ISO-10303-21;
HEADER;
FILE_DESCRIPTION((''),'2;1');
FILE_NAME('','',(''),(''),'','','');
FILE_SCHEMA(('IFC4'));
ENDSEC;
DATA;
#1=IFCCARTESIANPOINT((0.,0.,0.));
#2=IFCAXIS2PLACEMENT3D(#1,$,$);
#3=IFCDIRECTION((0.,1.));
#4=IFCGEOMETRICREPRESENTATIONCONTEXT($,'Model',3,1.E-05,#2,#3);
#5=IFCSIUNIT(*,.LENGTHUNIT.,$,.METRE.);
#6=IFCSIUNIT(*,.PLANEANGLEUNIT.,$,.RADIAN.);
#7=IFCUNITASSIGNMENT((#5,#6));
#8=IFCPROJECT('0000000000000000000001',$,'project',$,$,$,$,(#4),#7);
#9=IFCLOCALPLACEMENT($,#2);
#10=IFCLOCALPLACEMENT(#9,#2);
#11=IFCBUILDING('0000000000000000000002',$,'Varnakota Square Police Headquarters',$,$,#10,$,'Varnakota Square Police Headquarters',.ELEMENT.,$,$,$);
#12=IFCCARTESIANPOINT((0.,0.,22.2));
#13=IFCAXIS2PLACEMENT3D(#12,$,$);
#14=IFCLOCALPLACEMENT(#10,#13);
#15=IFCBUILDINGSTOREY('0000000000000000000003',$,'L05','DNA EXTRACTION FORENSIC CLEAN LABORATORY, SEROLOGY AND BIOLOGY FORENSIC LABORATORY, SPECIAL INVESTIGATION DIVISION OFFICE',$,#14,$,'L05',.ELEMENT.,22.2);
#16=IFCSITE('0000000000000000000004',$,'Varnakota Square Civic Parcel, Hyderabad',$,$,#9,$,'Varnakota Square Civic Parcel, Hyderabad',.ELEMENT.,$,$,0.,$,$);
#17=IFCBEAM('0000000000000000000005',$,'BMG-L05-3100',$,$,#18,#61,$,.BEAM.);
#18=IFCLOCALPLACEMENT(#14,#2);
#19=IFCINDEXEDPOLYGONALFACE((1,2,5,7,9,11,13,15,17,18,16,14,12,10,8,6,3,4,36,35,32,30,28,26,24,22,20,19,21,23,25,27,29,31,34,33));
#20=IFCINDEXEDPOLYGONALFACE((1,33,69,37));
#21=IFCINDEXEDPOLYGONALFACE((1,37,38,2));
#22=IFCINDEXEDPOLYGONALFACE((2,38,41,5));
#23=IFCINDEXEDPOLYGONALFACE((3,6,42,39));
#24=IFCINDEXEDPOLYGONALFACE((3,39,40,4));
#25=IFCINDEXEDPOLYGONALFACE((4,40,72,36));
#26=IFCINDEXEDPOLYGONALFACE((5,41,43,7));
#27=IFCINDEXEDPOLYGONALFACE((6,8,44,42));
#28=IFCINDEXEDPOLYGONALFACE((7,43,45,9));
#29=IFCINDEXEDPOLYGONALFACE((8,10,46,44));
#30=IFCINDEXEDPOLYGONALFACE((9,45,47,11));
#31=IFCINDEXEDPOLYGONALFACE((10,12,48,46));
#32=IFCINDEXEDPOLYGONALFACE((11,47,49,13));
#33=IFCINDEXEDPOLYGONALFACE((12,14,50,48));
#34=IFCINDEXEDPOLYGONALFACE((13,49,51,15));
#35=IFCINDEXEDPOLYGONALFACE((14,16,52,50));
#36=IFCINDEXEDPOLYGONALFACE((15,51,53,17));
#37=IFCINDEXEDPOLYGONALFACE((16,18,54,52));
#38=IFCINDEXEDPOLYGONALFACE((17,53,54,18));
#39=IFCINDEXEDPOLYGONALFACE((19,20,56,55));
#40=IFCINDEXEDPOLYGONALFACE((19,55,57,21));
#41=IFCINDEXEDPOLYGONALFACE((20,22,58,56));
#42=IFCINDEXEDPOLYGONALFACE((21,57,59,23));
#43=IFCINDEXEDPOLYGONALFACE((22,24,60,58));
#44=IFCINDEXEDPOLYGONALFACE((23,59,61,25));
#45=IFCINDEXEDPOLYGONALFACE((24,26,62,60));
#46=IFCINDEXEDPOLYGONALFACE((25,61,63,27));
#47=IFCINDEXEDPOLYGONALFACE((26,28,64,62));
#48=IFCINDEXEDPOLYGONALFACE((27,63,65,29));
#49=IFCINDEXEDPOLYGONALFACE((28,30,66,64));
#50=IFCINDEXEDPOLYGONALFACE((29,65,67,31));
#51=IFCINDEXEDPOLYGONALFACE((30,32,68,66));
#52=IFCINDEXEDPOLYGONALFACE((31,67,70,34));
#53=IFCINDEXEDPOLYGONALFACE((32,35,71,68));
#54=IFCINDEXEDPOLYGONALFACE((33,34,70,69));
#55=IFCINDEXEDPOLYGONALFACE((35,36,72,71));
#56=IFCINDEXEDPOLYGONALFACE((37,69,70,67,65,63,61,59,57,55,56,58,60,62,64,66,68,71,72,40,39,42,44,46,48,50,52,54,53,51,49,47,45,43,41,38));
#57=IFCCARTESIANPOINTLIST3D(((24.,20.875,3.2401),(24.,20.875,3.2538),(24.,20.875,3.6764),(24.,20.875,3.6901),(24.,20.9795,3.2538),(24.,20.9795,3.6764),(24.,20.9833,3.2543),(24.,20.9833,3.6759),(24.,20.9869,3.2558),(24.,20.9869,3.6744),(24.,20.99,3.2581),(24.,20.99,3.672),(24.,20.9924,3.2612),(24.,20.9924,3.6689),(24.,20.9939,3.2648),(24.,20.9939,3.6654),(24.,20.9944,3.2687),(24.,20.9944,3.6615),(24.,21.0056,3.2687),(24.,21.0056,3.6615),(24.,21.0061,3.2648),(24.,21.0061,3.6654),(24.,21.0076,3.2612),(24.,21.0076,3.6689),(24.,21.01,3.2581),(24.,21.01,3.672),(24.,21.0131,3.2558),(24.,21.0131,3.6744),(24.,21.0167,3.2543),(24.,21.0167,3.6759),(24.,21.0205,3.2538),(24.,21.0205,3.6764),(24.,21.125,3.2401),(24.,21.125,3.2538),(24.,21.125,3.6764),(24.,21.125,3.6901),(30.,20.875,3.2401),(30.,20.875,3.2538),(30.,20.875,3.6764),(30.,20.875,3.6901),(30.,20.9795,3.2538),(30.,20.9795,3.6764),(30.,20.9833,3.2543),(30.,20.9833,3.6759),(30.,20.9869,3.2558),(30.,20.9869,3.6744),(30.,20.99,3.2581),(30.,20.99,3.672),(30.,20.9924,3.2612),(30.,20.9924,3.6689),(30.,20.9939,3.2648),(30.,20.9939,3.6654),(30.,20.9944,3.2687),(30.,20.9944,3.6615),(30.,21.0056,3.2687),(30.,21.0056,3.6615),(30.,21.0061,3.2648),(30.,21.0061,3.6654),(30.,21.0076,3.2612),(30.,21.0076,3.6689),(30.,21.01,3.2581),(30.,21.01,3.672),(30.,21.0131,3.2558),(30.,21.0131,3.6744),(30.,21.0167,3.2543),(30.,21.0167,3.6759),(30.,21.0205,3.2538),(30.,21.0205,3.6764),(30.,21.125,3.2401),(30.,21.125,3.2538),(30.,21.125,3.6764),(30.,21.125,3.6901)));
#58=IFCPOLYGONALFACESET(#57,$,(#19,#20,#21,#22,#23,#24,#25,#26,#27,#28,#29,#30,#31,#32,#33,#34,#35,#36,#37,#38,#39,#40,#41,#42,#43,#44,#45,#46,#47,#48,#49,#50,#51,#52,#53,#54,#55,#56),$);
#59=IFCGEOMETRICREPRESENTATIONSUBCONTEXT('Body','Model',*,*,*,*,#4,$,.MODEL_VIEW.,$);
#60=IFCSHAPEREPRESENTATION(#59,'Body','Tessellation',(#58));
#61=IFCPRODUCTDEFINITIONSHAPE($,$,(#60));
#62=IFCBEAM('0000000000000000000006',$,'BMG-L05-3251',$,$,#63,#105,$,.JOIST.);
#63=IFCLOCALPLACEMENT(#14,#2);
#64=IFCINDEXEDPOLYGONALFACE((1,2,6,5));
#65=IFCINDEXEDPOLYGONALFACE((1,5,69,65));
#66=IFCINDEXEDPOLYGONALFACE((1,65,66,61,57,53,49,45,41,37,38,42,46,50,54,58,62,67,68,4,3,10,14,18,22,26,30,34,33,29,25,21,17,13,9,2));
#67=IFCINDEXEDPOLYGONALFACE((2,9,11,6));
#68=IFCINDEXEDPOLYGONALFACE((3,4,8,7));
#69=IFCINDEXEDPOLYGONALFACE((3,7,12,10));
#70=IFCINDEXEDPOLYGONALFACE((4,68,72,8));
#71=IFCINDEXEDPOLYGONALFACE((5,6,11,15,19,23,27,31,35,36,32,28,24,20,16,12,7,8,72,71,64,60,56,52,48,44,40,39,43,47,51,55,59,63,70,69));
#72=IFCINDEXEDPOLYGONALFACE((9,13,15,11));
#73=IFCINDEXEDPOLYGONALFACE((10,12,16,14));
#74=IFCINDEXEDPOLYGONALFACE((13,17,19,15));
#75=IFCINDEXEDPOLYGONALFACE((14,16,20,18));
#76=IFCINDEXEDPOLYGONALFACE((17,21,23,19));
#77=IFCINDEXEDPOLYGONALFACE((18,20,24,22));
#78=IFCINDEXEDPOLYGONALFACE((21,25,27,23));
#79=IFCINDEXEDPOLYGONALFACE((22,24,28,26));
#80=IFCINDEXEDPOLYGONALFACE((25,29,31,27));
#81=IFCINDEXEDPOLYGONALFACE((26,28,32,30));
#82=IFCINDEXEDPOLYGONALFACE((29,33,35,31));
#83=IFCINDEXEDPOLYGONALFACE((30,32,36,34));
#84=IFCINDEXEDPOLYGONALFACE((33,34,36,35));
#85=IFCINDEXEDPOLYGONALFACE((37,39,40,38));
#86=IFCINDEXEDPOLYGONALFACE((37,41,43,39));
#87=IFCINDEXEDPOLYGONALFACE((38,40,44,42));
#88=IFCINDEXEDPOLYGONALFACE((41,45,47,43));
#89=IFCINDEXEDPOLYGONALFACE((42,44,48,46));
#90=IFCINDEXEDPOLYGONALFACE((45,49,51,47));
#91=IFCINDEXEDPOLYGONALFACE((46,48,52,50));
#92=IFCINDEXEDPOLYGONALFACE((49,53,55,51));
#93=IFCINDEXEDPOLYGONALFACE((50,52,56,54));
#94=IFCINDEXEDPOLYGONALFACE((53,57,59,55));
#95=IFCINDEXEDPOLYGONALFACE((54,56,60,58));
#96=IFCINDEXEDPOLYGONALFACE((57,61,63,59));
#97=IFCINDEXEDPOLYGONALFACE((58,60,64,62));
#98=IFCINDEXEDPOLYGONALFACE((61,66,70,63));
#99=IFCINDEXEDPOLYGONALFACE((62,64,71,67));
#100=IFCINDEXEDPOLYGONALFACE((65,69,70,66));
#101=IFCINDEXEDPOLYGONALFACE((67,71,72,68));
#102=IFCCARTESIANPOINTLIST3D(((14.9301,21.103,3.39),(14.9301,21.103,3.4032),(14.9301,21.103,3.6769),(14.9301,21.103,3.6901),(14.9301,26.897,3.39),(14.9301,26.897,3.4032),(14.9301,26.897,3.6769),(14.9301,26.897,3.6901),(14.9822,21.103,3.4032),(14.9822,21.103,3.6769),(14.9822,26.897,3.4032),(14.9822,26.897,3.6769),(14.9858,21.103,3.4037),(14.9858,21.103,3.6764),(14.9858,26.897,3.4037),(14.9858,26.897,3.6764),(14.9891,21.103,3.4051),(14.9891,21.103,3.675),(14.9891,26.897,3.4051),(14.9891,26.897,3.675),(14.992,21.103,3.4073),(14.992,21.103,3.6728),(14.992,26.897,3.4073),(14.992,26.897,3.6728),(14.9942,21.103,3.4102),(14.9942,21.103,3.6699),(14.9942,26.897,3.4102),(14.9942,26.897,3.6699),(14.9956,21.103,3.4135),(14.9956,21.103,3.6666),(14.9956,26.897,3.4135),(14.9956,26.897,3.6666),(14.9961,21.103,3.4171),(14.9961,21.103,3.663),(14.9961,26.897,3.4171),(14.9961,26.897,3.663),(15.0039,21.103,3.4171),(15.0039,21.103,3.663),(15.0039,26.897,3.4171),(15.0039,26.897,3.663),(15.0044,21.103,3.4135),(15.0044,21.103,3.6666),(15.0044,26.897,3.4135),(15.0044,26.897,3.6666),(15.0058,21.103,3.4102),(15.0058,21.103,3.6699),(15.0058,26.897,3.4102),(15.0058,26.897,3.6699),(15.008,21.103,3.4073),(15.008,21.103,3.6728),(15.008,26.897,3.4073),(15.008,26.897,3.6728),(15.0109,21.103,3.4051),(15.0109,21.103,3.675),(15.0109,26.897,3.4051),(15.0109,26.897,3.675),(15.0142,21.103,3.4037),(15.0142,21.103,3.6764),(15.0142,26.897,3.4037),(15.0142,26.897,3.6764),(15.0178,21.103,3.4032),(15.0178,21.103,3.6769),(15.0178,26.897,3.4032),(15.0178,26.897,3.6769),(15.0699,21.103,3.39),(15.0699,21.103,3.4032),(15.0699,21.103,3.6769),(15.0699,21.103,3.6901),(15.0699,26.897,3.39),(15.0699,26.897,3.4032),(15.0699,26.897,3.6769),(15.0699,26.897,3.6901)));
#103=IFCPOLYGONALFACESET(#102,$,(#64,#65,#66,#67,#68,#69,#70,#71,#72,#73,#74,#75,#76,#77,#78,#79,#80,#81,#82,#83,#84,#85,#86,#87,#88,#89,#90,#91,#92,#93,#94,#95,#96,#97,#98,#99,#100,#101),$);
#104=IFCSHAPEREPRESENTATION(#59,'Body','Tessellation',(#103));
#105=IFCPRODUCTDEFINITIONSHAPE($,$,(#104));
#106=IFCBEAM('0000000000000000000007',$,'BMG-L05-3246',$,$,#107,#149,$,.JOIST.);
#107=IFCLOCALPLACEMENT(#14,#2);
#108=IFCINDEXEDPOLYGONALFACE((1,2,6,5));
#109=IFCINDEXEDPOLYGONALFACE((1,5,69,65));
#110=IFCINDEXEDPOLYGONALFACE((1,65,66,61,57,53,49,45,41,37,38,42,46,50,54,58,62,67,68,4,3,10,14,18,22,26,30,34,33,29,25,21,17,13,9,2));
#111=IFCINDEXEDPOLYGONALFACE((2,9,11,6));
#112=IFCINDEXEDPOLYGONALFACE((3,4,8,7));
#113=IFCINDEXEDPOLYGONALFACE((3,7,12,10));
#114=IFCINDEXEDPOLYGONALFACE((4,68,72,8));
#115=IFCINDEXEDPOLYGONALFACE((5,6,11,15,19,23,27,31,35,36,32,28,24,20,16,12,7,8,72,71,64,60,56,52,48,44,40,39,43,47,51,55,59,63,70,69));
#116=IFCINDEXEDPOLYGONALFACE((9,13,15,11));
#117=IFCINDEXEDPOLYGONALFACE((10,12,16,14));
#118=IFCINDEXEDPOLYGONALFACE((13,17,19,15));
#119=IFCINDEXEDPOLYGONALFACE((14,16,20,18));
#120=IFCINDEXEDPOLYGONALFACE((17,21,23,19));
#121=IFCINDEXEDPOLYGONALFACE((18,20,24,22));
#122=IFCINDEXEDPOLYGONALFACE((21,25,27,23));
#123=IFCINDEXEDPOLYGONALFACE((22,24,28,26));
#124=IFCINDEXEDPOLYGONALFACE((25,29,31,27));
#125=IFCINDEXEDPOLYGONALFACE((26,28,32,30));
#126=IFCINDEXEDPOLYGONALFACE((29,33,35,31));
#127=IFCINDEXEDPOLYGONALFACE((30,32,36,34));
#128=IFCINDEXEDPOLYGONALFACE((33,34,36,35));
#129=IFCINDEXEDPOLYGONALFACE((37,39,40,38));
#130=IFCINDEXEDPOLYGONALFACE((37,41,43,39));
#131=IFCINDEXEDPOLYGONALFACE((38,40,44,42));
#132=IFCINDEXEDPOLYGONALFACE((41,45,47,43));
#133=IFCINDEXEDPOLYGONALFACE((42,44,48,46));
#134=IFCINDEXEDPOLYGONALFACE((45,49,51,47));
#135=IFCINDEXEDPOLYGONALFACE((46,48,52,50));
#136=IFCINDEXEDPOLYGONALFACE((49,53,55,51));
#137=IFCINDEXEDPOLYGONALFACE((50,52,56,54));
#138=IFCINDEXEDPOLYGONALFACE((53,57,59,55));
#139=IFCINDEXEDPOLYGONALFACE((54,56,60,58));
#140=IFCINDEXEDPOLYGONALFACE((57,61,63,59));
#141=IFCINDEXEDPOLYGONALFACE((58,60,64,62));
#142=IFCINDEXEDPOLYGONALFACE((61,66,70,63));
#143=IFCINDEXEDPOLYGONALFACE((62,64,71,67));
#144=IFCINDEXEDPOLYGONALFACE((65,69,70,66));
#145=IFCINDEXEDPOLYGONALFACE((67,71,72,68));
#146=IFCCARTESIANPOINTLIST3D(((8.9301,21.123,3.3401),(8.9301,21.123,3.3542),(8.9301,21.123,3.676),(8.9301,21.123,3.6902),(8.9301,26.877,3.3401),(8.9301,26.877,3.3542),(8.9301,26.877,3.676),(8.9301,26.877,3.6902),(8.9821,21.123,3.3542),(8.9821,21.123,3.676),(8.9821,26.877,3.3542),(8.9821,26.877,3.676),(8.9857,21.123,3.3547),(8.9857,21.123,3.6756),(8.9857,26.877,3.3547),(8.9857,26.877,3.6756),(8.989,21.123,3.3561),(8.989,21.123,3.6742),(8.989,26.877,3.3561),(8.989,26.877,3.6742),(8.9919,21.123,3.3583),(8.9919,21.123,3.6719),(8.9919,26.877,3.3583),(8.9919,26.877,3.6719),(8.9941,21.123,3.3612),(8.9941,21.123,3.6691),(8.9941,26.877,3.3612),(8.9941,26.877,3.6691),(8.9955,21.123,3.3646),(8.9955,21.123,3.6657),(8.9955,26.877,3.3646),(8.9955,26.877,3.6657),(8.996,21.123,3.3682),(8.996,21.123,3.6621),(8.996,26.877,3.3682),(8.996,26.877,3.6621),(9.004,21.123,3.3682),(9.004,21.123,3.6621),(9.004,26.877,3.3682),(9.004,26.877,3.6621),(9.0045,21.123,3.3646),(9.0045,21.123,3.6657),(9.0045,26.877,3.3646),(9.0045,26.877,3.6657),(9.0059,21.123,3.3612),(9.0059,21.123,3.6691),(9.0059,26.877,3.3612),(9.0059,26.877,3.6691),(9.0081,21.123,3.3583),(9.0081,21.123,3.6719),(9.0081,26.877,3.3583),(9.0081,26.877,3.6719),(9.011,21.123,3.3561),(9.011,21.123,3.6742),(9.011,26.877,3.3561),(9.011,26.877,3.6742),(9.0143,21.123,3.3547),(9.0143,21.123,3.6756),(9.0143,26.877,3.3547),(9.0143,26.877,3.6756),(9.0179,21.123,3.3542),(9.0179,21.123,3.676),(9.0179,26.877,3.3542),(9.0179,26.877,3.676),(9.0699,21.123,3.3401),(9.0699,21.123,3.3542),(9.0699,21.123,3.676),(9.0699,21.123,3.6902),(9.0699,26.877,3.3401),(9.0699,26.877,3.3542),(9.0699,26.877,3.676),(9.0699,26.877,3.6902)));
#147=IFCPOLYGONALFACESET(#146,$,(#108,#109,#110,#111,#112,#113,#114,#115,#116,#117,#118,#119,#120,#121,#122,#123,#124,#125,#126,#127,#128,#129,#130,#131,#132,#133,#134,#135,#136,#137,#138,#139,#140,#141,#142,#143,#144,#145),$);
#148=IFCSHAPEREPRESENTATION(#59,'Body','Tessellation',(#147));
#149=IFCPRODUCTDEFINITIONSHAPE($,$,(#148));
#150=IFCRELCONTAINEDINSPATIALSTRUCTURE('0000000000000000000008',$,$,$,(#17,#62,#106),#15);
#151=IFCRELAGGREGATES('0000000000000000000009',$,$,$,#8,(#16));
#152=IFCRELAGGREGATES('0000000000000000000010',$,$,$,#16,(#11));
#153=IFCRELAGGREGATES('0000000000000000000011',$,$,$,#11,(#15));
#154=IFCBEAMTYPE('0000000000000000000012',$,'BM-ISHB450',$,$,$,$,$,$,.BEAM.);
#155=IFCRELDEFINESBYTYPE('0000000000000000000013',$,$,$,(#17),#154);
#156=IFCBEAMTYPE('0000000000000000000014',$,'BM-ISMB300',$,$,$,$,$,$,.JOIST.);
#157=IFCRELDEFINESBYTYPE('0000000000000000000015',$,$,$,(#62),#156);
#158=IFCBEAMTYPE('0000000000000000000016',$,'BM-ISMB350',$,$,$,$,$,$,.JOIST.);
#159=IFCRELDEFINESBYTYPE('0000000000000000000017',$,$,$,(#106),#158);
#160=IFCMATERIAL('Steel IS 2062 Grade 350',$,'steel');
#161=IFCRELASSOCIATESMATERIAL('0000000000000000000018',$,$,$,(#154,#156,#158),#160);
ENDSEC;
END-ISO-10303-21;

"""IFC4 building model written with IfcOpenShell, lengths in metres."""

from ifc_helpers import new_model, si_unit, direction, frame, origin, origin_2d, place, context, subcontext, project, spatial, i_section, extrude, material, material_profile, profile_set, type_object, element, save


model = new_model("IFC4")

# Units and contexts
model_context = context("Model", 3, precision=1e-05, world=origin(), true_north=direction((0.0, 1.0)))
body_context = subcontext(model_context, "Body", "Model", "MODEL_VIEW")
ifc_project = project(units=[si_unit("LENGTHUNIT", "METRE"), si_unit("PLANEANGLEUNIT", "RADIAN")], contexts=[model_context])

# Site, building, storey
site_placement = place(None, origin())
site = spatial("IfcSite", under=ifc_project, at=site_placement, Name="Varnakota Square Civic Parcel, Hyderabad", LongName="Varnakota Square Civic Parcel, Hyderabad", CompositionType="ELEMENT", RefElevation=0.0)
building_placement = place(site_placement, origin())
building = spatial("IfcBuilding", under=site, at=building_placement, Name="Varnakota Square Police Headquarters", LongName="Varnakota Square Police Headquarters", CompositionType="ELEMENT")
storey_placement = place(building_placement, frame((0.0, 0.0, 22.2)))
storey = spatial("IfcBuildingStorey", under=building, at=storey_placement, Name="L05", Description="DNA EXTRACTION FORENSIC CLEAN LABORATORY, SEROLOGY AND BIOLOGY FORENSIC LABORATORY, SPECIAL INVESTIGATION DIVISION OFFICE", LongName="L05", CompositionType="ELEMENT", Elevation=22.2)

# Shared definitions
ifc_material_1 = material(Name="Steel IS 2062 Grade 350", Category="steel")

# Beams
ifc_material_profile_1 = material_profile(ifc_material_1, i_section(OverallWidth=0.25, OverallDepth=0.45, WebThickness=0.0112, FlangeThickness=0.0137, FilletRadius=0.0149, at=origin_2d()), Name="ISHB 450")
ifc_profile_set_1 = profile_set([ifc_material_profile_1], Name="Steel IS 2062 Grade 350")
beam_type_1 = type_object("IfcBeamType", Name="BM-ISHB450", PredefinedType="BEAM", material=ifc_profile_set_1)
beam_1_placement = place(storey_placement, frame((24.0, 21.0, 3.4651), z_axis=(1.0, 0.0, 0.0), x_axis=(0.0, 1.0, 0.0)))
element("IfcBeam", 1, at=beam_1_placement, inside=storey, type_object=beam_type_1, Name="BMG-L05-3100", PredefinedType="BEAM", context=body_context, shape_type="SweptSolid", body=[
    extrude(i_section(OverallWidth=0.25, OverallDepth=0.45, WebThickness=0.0112, FlangeThickness=0.0137, FilletRadius=0.0149, at=origin_2d()), origin(), (0.0, 0.0, 1.0), 6.0),
])
ifc_material_profile_2 = material_profile(ifc_material_1, i_section(OverallWidth=0.1399, OverallDepth=0.3, WebThickness=0.0078, FlangeThickness=0.0132, FilletRadius=0.0139, at=origin_2d()), Name="ISMB 300")
ifc_profile_set_2 = profile_set([ifc_material_profile_2], Name="Steel IS 2062 Grade 350")
beam_type_2 = type_object("IfcBeamType", Name="BM-ISMB300", PredefinedType="JOIST", material=ifc_profile_set_2)
beam_2_placement = place(storey_placement, frame((15.0, 21.103, 3.54), z_axis=(0.0, 1.0, 0.0), x_axis=(-1.0, 0.0, 0.0)))
element("IfcBeam", 2, at=beam_2_placement, inside=storey, type_object=beam_type_2, Name="BMG-L05-3251", PredefinedType="JOIST", context=body_context, shape_type="SweptSolid", body=[
    extrude(i_section(OverallWidth=0.1399, OverallDepth=0.3, WebThickness=0.0078, FlangeThickness=0.0132, FilletRadius=0.0139, at=origin_2d()), origin(), (0.0, 0.0, 1.0), 5.7939),
])
ifc_material_profile_3 = material_profile(ifc_material_1, i_section(OverallWidth=0.1399, OverallDepth=0.3501, WebThickness=0.0081, FlangeThickness=0.0142, FilletRadius=0.0139, at=origin_2d()), Name="ISMB 350")
ifc_profile_set_3 = profile_set([ifc_material_profile_3], Name="Steel IS 2062 Grade 350")
beam_type_3 = type_object("IfcBeamType", Name="BM-ISMB350", PredefinedType="JOIST", material=ifc_profile_set_3)
beam_3_placement = place(storey_placement, frame((9.0, 21.123, 3.5151), z_axis=(0.0, 1.0, 0.0), x_axis=(-1.0, 0.0, 0.0)))
element("IfcBeam", 3, at=beam_3_placement, inside=storey, type_object=beam_type_3, Name="BMG-L05-3246", PredefinedType="JOIST", context=body_context, shape_type="SweptSolid", body=[
    extrude(i_section(OverallWidth=0.1399, OverallDepth=0.3501, WebThickness=0.0081, FlangeThickness=0.0142, FilletRadius=0.0139, at=origin_2d()), origin(), (0.0, 0.0, 1.0), 5.7539),
])

save(model, "model.ifc")
